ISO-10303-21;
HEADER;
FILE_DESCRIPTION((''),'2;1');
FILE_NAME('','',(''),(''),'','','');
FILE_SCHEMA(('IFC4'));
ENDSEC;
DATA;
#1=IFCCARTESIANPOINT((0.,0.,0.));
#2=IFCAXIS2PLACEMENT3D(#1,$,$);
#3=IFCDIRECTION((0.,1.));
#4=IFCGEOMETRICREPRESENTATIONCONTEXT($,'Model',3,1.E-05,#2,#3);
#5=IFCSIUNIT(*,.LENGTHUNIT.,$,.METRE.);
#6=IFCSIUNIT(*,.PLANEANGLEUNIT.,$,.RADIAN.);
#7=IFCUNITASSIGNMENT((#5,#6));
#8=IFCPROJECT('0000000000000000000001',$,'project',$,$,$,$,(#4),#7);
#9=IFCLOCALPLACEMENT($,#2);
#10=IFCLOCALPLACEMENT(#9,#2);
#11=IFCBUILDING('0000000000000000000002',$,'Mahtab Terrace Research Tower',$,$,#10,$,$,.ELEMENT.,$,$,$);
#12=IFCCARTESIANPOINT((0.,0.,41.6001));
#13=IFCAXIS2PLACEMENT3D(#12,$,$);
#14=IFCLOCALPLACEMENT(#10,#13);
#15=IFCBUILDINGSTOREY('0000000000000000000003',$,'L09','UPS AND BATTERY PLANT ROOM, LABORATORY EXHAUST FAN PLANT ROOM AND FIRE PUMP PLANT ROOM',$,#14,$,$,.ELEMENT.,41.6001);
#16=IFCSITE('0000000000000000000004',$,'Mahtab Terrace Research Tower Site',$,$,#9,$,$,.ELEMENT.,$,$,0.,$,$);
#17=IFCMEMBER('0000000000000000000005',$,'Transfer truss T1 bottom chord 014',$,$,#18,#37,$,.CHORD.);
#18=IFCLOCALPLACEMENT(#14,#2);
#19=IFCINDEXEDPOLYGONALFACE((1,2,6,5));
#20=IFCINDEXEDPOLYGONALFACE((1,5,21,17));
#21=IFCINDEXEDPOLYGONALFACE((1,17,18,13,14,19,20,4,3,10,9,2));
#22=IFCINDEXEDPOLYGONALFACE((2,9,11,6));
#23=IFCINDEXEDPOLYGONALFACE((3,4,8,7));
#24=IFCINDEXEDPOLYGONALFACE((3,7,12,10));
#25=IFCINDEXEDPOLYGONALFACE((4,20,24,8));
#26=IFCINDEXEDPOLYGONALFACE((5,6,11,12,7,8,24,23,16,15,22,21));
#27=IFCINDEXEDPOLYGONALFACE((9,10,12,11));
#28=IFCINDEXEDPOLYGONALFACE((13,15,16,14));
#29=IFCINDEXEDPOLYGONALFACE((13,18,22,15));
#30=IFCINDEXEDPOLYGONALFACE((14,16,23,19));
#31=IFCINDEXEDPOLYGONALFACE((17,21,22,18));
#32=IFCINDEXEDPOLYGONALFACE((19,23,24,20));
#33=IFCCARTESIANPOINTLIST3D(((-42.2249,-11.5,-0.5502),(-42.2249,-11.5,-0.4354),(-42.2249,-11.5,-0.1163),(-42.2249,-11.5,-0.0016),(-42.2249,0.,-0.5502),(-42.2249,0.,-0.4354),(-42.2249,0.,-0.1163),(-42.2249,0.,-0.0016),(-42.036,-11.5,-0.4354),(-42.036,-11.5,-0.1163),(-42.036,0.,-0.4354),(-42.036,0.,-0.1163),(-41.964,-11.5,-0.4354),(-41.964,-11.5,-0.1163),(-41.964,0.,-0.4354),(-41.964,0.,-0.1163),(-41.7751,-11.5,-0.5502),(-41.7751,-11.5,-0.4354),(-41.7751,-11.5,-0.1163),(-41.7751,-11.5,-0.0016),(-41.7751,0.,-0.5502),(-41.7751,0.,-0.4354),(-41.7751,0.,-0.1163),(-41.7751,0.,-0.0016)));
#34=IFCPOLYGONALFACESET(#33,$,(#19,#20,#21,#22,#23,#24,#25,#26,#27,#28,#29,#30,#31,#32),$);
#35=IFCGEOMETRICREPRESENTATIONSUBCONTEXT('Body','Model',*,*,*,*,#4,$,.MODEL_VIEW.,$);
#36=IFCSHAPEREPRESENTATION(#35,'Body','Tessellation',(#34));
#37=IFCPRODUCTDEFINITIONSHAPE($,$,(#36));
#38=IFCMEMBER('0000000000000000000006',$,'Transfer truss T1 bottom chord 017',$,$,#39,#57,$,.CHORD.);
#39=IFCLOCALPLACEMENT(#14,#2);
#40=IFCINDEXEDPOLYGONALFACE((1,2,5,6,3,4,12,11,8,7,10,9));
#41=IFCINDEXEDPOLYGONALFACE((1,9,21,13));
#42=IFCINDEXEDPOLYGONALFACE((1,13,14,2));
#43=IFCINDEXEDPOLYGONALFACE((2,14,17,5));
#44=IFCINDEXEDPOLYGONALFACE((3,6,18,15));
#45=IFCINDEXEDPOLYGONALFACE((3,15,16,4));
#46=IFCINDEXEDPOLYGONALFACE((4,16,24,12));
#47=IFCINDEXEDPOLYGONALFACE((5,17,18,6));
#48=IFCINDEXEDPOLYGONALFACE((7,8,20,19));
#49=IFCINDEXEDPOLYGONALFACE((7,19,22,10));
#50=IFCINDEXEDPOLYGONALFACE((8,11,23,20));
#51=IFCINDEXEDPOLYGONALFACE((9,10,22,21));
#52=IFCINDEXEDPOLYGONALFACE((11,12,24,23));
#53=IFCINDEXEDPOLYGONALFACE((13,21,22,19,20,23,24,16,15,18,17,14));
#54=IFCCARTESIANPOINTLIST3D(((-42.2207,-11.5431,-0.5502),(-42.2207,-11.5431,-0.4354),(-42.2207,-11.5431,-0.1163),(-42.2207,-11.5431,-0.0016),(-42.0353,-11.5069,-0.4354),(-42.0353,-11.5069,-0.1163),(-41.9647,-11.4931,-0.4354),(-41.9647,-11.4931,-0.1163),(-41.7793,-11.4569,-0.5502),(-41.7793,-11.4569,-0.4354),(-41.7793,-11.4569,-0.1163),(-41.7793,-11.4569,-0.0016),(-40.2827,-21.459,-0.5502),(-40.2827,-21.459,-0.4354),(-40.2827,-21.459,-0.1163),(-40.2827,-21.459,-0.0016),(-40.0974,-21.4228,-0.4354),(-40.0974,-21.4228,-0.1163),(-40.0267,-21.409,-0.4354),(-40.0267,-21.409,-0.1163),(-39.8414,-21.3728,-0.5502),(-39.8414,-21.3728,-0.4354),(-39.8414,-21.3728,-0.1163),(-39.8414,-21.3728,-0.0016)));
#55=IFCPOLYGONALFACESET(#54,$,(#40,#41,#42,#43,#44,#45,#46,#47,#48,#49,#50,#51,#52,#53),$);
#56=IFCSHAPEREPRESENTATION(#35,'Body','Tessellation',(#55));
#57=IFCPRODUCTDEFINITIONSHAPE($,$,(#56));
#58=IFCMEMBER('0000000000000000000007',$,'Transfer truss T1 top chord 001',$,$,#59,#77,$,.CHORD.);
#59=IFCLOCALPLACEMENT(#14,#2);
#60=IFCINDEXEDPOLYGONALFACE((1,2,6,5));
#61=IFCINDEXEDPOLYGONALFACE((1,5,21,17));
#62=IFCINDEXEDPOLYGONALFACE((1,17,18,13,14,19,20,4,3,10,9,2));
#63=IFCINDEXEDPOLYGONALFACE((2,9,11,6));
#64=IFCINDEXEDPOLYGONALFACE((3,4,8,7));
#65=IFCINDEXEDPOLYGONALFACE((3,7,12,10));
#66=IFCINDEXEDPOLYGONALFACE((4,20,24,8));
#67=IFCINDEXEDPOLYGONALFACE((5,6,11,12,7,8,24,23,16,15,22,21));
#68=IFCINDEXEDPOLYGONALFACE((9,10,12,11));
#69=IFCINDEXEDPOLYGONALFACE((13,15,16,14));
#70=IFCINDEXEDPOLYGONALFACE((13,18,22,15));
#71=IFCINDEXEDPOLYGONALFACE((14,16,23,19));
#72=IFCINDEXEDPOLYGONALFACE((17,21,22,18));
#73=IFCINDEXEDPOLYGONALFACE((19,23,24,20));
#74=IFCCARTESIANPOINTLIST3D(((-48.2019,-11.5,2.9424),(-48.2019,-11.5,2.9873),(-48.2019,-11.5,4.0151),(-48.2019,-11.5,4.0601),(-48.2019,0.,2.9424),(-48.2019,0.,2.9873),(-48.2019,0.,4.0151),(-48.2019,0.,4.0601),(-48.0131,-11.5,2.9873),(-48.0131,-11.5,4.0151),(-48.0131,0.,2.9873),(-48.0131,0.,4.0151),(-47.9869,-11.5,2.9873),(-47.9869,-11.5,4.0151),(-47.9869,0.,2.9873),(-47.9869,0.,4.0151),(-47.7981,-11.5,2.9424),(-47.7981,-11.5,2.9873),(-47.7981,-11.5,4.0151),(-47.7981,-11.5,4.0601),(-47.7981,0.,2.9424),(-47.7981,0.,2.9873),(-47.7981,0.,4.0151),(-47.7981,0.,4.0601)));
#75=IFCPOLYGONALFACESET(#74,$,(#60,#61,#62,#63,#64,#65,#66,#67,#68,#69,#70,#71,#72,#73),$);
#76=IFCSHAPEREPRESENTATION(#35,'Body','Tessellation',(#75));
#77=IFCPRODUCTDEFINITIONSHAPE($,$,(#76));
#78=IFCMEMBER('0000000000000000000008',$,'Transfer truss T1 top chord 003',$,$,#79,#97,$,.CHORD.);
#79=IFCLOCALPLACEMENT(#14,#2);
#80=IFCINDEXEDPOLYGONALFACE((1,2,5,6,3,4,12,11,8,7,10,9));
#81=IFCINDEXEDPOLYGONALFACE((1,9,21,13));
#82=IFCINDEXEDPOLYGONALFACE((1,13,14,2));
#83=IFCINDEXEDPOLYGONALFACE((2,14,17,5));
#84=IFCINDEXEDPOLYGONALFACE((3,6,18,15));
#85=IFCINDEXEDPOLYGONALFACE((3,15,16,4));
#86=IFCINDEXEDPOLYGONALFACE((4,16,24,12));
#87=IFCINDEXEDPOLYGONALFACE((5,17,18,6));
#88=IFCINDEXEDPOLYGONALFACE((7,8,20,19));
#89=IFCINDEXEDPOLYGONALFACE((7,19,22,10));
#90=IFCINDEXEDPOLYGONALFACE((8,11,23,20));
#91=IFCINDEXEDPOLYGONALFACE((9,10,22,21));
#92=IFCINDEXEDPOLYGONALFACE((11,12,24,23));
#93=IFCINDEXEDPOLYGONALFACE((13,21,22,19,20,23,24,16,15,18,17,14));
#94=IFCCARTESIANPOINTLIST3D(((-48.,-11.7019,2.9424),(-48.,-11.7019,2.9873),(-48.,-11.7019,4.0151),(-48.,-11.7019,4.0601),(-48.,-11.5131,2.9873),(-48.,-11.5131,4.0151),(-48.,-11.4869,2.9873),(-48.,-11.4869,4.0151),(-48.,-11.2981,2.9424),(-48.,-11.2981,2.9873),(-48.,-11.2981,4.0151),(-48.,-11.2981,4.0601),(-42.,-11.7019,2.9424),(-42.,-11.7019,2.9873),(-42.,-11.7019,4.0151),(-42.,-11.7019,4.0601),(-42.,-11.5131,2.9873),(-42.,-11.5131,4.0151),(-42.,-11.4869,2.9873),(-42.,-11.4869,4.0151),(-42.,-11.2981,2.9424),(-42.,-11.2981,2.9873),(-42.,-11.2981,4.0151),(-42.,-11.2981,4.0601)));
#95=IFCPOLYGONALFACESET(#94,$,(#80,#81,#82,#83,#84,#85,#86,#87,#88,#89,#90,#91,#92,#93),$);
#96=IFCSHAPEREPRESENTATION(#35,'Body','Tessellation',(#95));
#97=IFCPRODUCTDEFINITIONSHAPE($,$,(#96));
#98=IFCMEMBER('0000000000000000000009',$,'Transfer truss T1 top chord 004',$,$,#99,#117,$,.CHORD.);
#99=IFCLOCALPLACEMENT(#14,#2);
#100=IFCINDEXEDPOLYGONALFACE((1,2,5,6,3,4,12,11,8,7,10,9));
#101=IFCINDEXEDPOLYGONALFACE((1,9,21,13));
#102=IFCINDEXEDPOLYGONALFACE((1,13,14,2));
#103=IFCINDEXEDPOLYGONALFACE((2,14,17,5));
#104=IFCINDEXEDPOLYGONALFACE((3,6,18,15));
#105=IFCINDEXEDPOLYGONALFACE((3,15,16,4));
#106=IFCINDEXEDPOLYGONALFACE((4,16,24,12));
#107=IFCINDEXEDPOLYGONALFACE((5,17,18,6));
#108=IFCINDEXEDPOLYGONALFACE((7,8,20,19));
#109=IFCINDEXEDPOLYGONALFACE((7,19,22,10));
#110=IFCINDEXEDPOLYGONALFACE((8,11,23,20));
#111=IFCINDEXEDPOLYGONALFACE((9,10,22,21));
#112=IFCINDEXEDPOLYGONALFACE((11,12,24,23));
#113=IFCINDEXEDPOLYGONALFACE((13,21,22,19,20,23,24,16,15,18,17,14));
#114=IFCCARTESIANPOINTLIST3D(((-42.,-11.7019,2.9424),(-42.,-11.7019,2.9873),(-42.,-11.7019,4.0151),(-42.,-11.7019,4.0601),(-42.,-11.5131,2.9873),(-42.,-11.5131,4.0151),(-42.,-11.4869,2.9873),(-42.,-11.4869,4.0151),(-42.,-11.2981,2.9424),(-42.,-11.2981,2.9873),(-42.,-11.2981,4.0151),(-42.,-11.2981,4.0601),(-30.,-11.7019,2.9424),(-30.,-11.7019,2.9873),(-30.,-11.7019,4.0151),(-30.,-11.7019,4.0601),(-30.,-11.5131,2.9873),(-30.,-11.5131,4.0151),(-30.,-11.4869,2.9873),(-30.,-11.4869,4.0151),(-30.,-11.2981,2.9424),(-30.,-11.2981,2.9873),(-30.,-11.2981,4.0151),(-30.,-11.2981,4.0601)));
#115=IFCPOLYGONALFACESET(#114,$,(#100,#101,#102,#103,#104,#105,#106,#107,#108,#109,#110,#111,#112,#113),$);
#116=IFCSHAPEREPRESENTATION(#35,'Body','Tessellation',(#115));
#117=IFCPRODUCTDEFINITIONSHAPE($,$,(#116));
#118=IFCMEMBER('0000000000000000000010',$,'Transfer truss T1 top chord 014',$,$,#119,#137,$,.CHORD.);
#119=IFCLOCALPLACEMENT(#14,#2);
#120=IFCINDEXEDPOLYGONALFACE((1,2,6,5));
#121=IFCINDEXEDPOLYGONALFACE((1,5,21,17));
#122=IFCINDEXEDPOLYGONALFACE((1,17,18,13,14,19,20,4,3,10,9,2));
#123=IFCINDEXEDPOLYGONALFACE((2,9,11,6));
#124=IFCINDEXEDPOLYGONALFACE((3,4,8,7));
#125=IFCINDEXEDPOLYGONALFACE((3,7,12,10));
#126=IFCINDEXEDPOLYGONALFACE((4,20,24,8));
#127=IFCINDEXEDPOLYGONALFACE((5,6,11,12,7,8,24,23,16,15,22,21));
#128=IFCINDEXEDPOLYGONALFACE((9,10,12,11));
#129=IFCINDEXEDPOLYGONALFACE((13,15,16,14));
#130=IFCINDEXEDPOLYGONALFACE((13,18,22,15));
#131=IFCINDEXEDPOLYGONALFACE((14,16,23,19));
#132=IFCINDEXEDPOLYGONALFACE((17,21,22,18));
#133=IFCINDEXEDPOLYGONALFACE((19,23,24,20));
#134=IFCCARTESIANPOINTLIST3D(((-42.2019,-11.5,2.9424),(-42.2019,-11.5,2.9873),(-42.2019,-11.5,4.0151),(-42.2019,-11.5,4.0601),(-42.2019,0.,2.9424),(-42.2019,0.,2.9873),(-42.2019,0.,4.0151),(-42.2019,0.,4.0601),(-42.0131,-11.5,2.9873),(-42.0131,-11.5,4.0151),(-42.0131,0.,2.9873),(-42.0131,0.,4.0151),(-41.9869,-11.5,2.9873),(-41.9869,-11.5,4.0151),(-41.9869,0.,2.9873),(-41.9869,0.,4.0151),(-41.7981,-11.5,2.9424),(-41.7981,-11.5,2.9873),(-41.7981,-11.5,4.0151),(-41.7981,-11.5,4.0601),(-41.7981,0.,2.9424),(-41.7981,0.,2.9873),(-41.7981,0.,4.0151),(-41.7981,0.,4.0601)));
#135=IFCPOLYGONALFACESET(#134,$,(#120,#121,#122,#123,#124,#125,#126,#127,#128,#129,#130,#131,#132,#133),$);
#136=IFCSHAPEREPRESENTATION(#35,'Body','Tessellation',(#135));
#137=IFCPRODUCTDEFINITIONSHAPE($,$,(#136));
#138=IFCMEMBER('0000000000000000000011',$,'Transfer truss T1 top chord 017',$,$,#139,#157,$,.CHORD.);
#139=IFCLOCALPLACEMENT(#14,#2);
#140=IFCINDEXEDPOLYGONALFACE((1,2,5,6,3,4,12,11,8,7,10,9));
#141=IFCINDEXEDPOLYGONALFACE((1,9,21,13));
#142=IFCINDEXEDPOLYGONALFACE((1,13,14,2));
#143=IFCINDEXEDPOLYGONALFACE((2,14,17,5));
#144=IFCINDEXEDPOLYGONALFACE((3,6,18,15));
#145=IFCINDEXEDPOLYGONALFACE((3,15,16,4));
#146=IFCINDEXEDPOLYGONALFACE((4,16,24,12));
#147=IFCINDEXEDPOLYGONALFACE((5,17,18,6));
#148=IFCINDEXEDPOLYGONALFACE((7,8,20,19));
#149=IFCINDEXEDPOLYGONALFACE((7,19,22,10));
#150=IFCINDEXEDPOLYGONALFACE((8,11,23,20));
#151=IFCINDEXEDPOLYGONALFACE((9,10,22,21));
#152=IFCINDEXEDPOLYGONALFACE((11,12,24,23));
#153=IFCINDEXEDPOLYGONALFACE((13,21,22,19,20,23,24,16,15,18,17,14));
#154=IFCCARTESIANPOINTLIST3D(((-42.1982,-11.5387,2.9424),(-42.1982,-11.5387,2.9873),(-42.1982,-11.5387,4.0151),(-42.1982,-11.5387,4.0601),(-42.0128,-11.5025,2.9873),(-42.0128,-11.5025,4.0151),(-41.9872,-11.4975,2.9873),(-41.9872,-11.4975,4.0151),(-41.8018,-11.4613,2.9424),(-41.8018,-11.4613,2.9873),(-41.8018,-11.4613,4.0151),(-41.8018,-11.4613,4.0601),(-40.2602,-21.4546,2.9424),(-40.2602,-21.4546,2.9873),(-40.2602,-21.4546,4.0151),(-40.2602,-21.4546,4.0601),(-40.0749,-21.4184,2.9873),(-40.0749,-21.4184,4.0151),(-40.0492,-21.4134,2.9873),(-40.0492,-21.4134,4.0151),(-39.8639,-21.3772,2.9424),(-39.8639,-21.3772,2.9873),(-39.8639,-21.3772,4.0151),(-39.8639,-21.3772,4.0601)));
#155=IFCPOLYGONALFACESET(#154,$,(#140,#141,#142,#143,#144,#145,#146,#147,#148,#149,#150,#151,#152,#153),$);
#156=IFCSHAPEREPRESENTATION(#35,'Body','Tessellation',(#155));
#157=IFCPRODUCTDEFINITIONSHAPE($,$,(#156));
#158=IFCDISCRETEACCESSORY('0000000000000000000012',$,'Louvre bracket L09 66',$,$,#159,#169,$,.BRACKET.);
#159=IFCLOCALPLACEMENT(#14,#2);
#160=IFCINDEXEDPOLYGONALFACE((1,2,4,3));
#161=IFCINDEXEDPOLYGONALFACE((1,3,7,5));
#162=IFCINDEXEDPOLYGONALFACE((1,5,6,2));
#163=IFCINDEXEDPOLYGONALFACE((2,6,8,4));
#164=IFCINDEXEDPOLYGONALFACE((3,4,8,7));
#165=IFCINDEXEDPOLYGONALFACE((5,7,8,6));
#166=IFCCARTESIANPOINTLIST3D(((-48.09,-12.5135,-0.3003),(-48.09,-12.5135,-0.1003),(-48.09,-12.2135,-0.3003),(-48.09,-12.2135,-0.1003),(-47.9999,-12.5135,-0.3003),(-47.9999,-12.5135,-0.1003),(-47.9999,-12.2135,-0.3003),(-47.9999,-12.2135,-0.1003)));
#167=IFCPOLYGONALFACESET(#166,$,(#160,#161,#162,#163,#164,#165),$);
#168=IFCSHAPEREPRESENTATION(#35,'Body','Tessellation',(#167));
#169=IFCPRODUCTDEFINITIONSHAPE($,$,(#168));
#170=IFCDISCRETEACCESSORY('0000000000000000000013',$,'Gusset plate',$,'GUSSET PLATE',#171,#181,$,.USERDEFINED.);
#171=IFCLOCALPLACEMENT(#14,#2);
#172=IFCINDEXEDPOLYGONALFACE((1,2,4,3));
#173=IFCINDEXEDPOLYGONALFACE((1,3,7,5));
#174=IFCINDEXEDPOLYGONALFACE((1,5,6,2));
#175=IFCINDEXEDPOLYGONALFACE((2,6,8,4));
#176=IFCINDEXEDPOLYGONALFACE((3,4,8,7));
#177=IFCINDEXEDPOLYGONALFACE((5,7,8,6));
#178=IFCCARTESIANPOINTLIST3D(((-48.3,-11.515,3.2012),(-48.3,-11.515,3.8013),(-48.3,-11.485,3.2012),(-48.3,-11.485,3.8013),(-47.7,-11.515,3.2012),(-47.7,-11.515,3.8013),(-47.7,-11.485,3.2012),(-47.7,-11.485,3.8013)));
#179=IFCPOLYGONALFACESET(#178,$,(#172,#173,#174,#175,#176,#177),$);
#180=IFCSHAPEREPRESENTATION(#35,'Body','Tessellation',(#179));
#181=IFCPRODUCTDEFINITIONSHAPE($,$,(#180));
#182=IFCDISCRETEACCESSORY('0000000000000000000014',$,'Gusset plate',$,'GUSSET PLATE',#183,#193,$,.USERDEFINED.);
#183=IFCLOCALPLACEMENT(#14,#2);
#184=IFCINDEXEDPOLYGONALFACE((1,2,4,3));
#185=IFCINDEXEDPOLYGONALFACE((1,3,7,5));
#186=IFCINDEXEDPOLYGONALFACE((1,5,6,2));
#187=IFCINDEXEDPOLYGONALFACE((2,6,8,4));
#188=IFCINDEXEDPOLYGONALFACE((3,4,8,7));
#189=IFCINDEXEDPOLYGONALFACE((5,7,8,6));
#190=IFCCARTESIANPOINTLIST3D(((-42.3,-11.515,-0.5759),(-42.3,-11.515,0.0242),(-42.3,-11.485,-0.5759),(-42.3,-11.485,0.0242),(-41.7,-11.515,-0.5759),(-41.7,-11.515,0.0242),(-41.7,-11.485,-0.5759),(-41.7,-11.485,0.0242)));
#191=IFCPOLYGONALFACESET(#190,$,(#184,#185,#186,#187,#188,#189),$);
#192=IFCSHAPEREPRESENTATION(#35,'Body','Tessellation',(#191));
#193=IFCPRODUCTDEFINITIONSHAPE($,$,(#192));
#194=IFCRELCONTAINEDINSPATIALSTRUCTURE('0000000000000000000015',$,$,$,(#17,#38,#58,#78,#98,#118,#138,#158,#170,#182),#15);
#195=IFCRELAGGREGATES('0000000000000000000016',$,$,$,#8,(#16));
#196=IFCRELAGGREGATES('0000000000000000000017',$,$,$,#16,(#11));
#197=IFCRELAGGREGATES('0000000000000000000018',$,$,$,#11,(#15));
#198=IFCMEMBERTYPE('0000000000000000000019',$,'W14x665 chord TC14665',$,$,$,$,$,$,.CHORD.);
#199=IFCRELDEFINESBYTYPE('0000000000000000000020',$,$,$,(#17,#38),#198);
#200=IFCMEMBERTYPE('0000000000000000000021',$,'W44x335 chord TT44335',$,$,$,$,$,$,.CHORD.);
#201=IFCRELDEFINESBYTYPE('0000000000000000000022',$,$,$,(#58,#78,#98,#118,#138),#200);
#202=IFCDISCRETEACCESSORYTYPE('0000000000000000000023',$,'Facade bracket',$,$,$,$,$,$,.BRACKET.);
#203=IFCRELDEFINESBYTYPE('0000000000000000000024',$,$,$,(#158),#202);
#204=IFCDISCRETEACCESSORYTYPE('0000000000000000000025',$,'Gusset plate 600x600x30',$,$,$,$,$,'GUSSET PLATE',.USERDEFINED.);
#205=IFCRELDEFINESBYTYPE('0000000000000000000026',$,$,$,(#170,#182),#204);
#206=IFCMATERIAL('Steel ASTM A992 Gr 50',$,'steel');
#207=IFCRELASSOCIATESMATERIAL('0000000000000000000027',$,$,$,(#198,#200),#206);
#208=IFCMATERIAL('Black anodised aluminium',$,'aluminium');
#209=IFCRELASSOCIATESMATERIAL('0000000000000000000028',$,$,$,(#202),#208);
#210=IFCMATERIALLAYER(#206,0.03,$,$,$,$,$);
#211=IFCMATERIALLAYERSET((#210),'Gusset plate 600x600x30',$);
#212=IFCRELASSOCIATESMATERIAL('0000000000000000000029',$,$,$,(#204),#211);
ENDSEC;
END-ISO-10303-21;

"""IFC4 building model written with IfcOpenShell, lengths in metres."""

from ifc_helpers import new_model, si_unit, direction, frame, origin, origin_2d, place, context, subcontext, project, spatial, rectangle, i_section, extrude, material, layer, layer_set, material_profile, profile_set, type_object, element, save


model = new_model("IFC4")

# Units and contexts
model_context = context("Model", 3, precision=1e-05, world=origin(), true_north=direction((0.0, 1.0)))
body_context = subcontext(model_context, "Body", "Model", "MODEL_VIEW")
ifc_project = project(units=[si_unit("LENGTHUNIT", "METRE"), si_unit("PLANEANGLEUNIT", "RADIAN")], contexts=[model_context])

# Site, building, storey
site_placement = place(None, origin())
site = spatial("IfcSite", under=ifc_project, at=site_placement, Name="Mahtab Terrace Research Tower Site", CompositionType="ELEMENT", RefElevation=0.0)
building_placement = place(site_placement, origin())
building = spatial("IfcBuilding", under=site, at=building_placement, Name="Mahtab Terrace Research Tower", CompositionType="ELEMENT")
storey_placement = place(building_placement, frame((0.0, 0.0, 41.6001)))
storey = spatial("IfcBuildingStorey", under=building, at=storey_placement, Name="L09", Description="UPS AND BATTERY PLANT ROOM, LABORATORY EXHAUST FAN PLANT ROOM AND FIRE PUMP PLANT ROOM", CompositionType="ELEMENT", Elevation=41.6001)

# Members
ifc_material_1 = material(Name="Steel ASTM A992 Gr 50", Category="steel")
ifc_material_profile_1 = material_profile(ifc_material_1, i_section(OverallWidth=0.4497, OverallDepth=0.5486, WebThickness=0.072, FlangeThickness=0.1147, at=origin_2d()), Name="W14X665")
ifc_profile_set_1 = profile_set([ifc_material_profile_1], Name="Steel ASTM A992 Gr 50")
member_type_1 = type_object("IfcMemberType", Name="W14x665 chord TC14665", PredefinedType="CHORD", material=ifc_profile_set_1)
member_1_placement = place(storey_placement, frame((-42.0, -11.5, -0.2759), z_axis=(0.0, 1.0, 0.0), x_axis=(-1.0, 0.0, 0.0)))
element("IfcMember", 1, at=member_1_placement, inside=storey, type_object=member_type_1, Name="Transfer truss T1 bottom chord 014", PredefinedType="CHORD", context=body_context, shape_type="SweptSolid", body=[
    extrude(i_section(OverallWidth=0.4497, OverallDepth=0.5486, WebThickness=0.072, FlangeThickness=0.1147, at=origin_2d()), origin(), (0.0, 0.0, 1.0), 11.5),
])
member_2_placement = place(storey_placement, frame((-42.0, -11.5, -0.2759), z_axis=(0.191811, -0.981432, 0.0), x_axis=(0.981432, 0.191811, 0.0)))
element("IfcMember", 2, at=member_2_placement, inside=storey, type_object=member_type_1, Name="Transfer truss T1 bottom chord 017", PredefinedType="CHORD", context=body_context, shape_type="SweptSolid", body=[
    extrude(i_section(OverallWidth=0.4497, OverallDepth=0.5486, WebThickness=0.072, FlangeThickness=0.1147, at=origin_2d()), origin(), (0.0, 0.0, 1.0), 10.1035),
])
ifc_material_profile_2 = material_profile(ifc_material_1, i_section(OverallWidth=0.4038, OverallDepth=1.1177, WebThickness=0.0261, FlangeThickness=0.0449, at=origin_2d()), Name="W44X335")
ifc_profile_set_2 = profile_set([ifc_material_profile_2], Name="Steel ASTM A992 Gr 50")
member_type_2 = type_object("IfcMemberType", Name="W44x335 chord TT44335", PredefinedType="CHORD", material=ifc_profile_set_2)
member_3_placement = place(storey_placement, frame((-48.0, -11.5, 3.5012), z_axis=(0.0, 1.0, 0.0), x_axis=(-1.0, 0.0, 0.0)))
element("IfcMember", 3, at=member_3_placement, inside=storey, type_object=member_type_2, Name="Transfer truss T1 top chord 001", PredefinedType="CHORD", context=body_context, shape_type="SweptSolid", body=[
    extrude(i_section(OverallWidth=0.4038, OverallDepth=1.1177, WebThickness=0.0261, FlangeThickness=0.0449, at=origin_2d()), origin(), (0.0, 0.0, 1.0), 11.5),
])
member_4_placement = place(storey_placement, frame((-48.0, -11.5, 3.5012), z_axis=(1.0, 0.0, 0.0), x_axis=(0.0, 1.0, 0.0)))
element("IfcMember", 4, at=member_4_placement, inside=storey, type_object=member_type_2, Name="Transfer truss T1 top chord 003", PredefinedType="CHORD", context=body_context, shape_type="SweptSolid", body=[
    extrude(i_section(OverallWidth=0.4038, OverallDepth=1.1177, WebThickness=0.0261, FlangeThickness=0.0449, at=origin_2d()), origin(), (0.0, 0.0, 1.0), 6.0),
])
member_5_placement = place(storey_placement, frame((-42.0, -11.5, 3.5012), z_axis=(1.0, 0.0, 0.0), x_axis=(0.0, 1.0, 0.0)))
element("IfcMember", 5, at=member_5_placement, inside=storey, type_object=member_type_2, Name="Transfer truss T1 top chord 004", PredefinedType="CHORD", context=body_context, shape_type="SweptSolid", body=[
    extrude(i_section(OverallWidth=0.4038, OverallDepth=1.1177, WebThickness=0.0261, FlangeThickness=0.0449, at=origin_2d()), origin(), (0.0, 0.0, 1.0), 12.0),
])
member_6_placement = place(storey_placement, frame((-42.0, -11.5, 3.5012), z_axis=(0.0, 1.0, 0.0), x_axis=(-1.0, 0.0, 0.0)))
element("IfcMember", 6, at=member_6_placement, inside=storey, type_object=member_type_2, Name="Transfer truss T1 top chord 014", PredefinedType="CHORD", context=body_context, shape_type="SweptSolid", body=[
    extrude(i_section(OverallWidth=0.4038, OverallDepth=1.1177, WebThickness=0.0261, FlangeThickness=0.0449, at=origin_2d()), origin(), (0.0, 0.0, 1.0), 11.5),
])
member_7_placement = place(storey_placement, frame((-42.0, -11.5, 3.5012), z_axis=(0.191811, -0.981432, 0.0), x_axis=(0.981432, 0.191811, 0.0)))
element("IfcMember", 7, at=member_7_placement, inside=storey, type_object=member_type_2, Name="Transfer truss T1 top chord 017", PredefinedType="CHORD", context=body_context, shape_type="SweptSolid", body=[
    extrude(i_section(OverallWidth=0.4038, OverallDepth=1.1177, WebThickness=0.0261, FlangeThickness=0.0449, at=origin_2d()), origin(), (0.0, 0.0, 1.0), 10.1035),
])

# Discrete accessories
ifc_material_2 = material(Name="Black anodised aluminium", Category="aluminium")
discrete_accessory_type_1 = type_object("IfcDiscreteAccessoryType", Name="Facade bracket", PredefinedType="BRACKET", material=ifc_material_2)
discrete_accessory_placement = place(storey_placement, frame((-48.0449, -12.3635, -0.3003), z_axis=(0.0, 0.0, 1.0), x_axis=(0.0, -1.0, 0.0)))
element("IfcDiscreteAccessory", 8, at=discrete_accessory_placement, inside=storey, type_object=discrete_accessory_type_1, Name="Louvre bracket L09 66", PredefinedType="BRACKET", context=body_context, shape_type="SweptSolid", body=[
    extrude(rectangle(XDim=0.3, YDim=0.0901, at=origin_2d()), origin(), (0.0, 0.0, 1.0), 0.2),
])
ifc_layer = layer(ifc_material_1, 0.03)
ifc_layer_set = layer_set([ifc_layer], Name="Gusset plate 600x600x30")
discrete_accessory_type_2 = type_object("IfcDiscreteAccessoryType", Name="Gusset plate 600x600x30", ElementType="GUSSET PLATE", PredefinedType="USERDEFINED", material=ifc_layer_set)
for number, where, z_axis, x_axis, name in (
    (9, (-48.0, -11.5, 3.2012), (0.0, 0.0, 1.0), (1.0, 0.0, 0.0), "Gusset plate"),
    (10, (-42.0, -11.5, -0.5759), (0.0, 0.0, 1.0), (1.0, 0.0, 0.0), "Gusset plate"),
):
    element("IfcDiscreteAccessory", number, at=place(storey_placement, frame(where, z_axis=z_axis, x_axis=x_axis)), inside=storey, type_object=discrete_accessory_type_2, Name=name, ObjectType="GUSSET PLATE", PredefinedType="USERDEFINED", context=body_context, shape_type="SweptSolid", body=[
        extrude(rectangle(XDim=0.6001, YDim=0.03, at=origin_2d()), origin(), (0.0, 0.0, 1.0), 0.6001),
    ])

save(model, "model.ifc")
